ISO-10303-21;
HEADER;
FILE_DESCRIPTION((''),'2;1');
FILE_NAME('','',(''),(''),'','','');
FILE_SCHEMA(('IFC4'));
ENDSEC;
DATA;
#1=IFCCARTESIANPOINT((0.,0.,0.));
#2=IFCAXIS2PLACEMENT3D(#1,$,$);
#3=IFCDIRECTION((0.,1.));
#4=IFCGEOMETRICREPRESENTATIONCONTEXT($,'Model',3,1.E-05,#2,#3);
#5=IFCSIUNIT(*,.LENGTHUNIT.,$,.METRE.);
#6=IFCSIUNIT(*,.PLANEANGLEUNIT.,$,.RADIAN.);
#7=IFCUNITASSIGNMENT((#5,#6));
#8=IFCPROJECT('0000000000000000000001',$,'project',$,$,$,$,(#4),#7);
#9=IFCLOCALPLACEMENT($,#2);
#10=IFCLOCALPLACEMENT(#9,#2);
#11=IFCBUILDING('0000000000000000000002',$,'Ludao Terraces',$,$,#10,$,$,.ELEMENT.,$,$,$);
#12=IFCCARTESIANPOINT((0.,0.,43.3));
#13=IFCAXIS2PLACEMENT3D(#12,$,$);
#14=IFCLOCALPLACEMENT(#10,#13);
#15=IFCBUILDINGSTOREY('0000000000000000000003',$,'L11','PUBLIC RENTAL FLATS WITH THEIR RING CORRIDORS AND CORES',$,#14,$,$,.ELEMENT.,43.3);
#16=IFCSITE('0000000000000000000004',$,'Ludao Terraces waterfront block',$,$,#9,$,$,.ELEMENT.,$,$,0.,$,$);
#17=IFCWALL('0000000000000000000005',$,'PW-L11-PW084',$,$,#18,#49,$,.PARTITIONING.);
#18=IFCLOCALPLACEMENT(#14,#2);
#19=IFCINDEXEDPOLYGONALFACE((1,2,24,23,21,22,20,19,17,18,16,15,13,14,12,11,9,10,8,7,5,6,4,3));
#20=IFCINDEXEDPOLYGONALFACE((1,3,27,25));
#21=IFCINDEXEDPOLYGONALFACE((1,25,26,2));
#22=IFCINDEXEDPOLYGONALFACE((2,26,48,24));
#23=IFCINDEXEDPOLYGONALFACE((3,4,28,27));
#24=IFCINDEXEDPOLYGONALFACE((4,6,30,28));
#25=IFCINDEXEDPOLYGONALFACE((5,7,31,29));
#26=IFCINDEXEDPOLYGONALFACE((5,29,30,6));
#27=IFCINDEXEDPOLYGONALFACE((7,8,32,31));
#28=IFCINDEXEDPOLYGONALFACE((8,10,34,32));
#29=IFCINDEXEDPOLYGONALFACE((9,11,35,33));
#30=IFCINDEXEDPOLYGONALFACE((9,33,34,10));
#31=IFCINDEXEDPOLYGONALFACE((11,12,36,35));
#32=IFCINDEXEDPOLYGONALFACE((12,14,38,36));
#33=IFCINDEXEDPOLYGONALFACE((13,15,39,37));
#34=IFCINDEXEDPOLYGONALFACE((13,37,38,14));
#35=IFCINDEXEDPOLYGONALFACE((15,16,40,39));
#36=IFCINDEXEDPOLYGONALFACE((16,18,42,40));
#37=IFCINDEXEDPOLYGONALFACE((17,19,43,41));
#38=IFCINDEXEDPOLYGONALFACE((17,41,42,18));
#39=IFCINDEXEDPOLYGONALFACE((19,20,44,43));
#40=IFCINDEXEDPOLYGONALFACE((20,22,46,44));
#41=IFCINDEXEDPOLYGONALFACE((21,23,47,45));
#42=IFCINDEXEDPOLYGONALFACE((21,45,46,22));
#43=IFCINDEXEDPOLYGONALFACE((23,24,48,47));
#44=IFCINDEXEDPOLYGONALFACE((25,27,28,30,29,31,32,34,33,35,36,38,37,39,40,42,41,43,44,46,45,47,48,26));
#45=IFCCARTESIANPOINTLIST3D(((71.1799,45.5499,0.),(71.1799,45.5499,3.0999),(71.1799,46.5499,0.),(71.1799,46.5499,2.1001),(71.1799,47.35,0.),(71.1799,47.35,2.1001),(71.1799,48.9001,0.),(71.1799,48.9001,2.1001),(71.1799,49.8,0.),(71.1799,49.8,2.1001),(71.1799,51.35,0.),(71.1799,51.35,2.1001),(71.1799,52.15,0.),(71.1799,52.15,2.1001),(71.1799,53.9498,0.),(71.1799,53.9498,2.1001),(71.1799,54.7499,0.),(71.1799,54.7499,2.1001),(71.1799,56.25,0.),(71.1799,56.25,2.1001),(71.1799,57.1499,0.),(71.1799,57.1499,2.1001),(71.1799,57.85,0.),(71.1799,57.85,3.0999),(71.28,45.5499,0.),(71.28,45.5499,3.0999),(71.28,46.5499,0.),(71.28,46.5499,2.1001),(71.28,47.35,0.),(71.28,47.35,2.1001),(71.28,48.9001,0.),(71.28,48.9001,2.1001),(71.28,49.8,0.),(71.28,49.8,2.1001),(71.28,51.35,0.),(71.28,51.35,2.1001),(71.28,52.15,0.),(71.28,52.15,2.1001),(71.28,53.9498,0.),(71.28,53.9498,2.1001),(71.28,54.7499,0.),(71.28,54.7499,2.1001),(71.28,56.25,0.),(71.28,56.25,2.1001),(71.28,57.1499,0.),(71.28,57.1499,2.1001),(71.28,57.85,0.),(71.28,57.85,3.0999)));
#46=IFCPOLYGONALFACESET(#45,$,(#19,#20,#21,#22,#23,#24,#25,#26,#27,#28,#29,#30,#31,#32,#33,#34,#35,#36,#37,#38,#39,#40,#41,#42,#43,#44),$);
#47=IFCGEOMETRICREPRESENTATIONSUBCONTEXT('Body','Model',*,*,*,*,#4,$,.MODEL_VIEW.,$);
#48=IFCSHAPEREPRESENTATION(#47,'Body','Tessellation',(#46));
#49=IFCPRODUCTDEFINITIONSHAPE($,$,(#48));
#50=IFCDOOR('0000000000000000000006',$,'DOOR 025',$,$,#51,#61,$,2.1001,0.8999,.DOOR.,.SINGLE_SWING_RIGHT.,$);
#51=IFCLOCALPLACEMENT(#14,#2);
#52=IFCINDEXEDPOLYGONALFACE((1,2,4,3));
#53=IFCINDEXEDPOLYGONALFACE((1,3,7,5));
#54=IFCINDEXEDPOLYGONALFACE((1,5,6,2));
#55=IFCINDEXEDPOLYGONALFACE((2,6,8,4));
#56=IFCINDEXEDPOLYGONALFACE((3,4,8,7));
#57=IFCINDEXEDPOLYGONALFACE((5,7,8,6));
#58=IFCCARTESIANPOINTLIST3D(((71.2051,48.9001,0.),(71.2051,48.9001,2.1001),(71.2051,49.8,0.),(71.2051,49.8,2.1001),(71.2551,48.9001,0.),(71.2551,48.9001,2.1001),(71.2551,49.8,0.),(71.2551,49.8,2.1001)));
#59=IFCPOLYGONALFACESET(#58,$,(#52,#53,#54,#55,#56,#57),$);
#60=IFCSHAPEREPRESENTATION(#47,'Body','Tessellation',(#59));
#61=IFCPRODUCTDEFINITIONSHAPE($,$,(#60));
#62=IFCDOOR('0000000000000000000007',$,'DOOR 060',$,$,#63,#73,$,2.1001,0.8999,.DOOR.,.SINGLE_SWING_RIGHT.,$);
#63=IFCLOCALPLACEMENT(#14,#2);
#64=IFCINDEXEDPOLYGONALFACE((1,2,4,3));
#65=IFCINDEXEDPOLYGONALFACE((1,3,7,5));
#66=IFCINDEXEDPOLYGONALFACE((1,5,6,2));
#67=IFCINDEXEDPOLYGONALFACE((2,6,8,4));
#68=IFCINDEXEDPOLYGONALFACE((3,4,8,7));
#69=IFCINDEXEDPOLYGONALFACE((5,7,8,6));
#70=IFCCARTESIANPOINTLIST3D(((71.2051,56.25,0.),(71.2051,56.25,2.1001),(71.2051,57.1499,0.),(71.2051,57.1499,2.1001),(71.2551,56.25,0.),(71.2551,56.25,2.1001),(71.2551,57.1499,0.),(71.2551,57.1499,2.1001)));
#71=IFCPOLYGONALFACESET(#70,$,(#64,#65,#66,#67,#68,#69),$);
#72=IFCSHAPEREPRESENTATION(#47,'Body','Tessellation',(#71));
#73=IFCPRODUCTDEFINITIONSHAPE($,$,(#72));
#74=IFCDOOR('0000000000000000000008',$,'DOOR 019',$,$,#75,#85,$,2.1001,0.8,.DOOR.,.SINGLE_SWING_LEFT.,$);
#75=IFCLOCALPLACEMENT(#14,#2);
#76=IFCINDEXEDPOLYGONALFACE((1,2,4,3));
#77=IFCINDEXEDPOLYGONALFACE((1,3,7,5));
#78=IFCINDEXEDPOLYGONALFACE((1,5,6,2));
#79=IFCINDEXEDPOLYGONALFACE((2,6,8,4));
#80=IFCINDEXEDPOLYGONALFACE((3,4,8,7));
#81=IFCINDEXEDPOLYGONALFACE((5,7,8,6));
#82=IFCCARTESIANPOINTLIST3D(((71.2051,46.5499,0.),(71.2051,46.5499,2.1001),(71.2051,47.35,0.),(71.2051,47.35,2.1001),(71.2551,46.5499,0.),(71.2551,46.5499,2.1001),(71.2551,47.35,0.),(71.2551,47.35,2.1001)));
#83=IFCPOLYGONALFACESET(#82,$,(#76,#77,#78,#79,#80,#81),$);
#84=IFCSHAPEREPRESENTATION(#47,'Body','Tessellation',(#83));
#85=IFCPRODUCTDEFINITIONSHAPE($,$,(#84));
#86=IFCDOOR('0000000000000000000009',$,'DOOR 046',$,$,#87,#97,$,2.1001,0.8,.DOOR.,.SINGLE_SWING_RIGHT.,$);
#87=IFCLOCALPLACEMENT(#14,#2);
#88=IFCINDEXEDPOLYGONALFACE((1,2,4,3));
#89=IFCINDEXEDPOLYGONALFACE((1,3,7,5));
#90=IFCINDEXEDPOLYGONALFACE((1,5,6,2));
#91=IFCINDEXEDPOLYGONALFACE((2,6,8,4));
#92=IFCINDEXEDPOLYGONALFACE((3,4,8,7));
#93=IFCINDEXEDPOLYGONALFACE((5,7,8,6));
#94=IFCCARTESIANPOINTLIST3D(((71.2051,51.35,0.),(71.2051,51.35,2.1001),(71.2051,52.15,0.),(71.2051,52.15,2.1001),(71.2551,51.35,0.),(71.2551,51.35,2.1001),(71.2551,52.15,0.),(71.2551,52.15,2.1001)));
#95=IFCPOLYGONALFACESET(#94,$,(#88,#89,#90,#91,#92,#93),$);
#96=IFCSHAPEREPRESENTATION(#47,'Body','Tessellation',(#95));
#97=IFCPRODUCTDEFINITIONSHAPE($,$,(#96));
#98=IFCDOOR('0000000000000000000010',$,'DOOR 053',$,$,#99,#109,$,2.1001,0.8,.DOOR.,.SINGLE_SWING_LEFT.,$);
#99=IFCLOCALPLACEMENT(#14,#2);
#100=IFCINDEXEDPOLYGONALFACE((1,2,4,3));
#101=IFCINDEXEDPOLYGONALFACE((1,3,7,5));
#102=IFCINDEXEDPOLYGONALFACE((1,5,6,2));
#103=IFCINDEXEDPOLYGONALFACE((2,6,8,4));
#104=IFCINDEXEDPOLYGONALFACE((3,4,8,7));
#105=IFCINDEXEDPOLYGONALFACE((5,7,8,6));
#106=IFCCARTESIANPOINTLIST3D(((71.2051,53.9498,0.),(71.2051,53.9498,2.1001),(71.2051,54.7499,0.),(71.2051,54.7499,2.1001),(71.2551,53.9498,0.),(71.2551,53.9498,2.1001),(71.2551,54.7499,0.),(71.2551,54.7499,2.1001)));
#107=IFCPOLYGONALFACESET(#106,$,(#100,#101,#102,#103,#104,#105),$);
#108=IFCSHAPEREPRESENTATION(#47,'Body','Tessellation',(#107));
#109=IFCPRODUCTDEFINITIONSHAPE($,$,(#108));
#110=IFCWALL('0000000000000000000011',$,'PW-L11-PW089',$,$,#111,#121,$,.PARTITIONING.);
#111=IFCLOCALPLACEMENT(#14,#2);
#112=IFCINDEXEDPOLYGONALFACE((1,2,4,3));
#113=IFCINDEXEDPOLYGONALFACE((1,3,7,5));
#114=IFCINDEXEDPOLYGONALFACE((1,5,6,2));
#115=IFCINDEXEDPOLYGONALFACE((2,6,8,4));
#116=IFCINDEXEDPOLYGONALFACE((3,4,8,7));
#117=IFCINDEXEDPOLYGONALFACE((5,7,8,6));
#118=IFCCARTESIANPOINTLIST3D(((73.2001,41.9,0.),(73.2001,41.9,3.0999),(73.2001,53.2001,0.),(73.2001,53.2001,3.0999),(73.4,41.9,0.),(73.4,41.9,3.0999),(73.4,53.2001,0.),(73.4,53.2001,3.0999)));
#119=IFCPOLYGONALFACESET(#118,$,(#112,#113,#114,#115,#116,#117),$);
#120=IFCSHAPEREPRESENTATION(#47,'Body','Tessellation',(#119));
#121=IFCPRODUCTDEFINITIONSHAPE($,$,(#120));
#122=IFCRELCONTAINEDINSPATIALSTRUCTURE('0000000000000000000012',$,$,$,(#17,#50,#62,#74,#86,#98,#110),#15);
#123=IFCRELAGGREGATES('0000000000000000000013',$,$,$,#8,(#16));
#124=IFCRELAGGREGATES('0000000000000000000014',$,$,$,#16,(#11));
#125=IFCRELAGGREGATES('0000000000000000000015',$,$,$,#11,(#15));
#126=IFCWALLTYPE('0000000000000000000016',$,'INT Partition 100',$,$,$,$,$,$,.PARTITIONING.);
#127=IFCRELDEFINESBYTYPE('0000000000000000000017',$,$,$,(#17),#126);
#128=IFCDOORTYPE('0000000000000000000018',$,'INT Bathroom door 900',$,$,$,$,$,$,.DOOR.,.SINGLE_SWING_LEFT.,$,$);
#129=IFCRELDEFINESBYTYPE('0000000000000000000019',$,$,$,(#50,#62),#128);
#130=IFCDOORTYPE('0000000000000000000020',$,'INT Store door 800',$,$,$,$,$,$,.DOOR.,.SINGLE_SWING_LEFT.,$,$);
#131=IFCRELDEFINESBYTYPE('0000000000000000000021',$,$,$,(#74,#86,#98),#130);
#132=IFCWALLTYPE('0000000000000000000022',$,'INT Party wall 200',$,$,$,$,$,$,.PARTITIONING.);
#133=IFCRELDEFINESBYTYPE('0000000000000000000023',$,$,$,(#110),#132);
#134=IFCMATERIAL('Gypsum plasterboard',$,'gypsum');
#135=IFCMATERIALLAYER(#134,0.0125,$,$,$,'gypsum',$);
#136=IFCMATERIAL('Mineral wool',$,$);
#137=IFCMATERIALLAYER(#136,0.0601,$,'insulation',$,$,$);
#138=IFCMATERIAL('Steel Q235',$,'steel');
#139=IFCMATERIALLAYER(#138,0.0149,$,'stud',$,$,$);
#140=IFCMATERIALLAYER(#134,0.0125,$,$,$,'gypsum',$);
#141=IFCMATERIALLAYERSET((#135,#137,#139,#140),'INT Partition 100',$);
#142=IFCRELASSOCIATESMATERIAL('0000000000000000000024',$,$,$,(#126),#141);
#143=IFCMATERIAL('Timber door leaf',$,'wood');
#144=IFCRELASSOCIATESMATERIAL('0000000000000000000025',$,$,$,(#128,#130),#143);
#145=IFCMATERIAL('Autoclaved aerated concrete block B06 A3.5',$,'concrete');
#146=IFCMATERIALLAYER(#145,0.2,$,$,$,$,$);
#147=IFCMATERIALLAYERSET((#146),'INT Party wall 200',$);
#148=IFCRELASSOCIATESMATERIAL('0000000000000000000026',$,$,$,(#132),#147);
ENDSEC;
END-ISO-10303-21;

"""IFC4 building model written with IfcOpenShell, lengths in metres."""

from ifc_helpers import new_model, si_unit, direction, frame, frame_2d, origin, place, context, subcontext, project, spatial, rectangle, extrude, material, layer, layer_set, type_object, element, fill, save


model = new_model("IFC4")

# Units and contexts
model_context = context("Model", 3, precision=1e-05, world=origin(), true_north=direction((0.0, 1.0)))
body_context = subcontext(model_context, "Body", "Model", "MODEL_VIEW")
ifc_project = project(units=[si_unit("LENGTHUNIT", "METRE"), si_unit("PLANEANGLEUNIT", "RADIAN")], contexts=[model_context])

# Site, building, storey
site_placement = place(None, origin())
site = spatial("IfcSite", under=ifc_project, at=site_placement, Name="Ludao Terraces waterfront block", CompositionType="ELEMENT", RefElevation=0.0)
building_placement = place(site_placement, origin())
building = spatial("IfcBuilding", under=site, at=building_placement, Name="Ludao Terraces", CompositionType="ELEMENT")
storey_placement = place(building_placement, frame((0.0, 0.0, 43.3)))
storey = spatial("IfcBuildingStorey", under=building, at=storey_placement, Name="L11", Description="PUBLIC RENTAL FLATS WITH THEIR RING CORRIDORS AND CORES", CompositionType="ELEMENT", Elevation=43.3)

# Shared definitions
ifc_material_1 = material(Name="Gypsum plasterboard", Category="gypsum")
ifc_layer_1 = layer(ifc_material_1, 0.0125, Category="gypsum")
ifc_material_2 = material(Name="Mineral wool")
ifc_layer_2 = layer(ifc_material_2, 0.0601, Name="insulation")
ifc_material_3 = material(Name="Steel Q235", Category="steel")
ifc_layer_3 = layer(ifc_material_3, 0.0149, Name="stud")
ifc_layer_4 = layer(ifc_material_1, 0.0125, Category="gypsum")
ifc_layer_set_1 = layer_set([ifc_layer_1, ifc_layer_2, ifc_layer_3, ifc_layer_4], Name="INT Partition 100")
wall_type_1 = type_object("IfcWallType", Name="INT Partition 100", PredefinedType="PARTITIONING", material=ifc_layer_set_1)
ifc_material_4 = material(Name="Timber door leaf", Category="wood")
door_type_1 = type_object("IfcDoorType", Name="INT Bathroom door 900", OperationType="SINGLE_SWING_LEFT", PredefinedType="DOOR", material=ifc_material_4)

# Wall, openings, doors
wall_1_placement = place(storey_placement, frame((71.23, 45.55, 0.0), z_axis=(0.0, 0.0, 1.0), x_axis=(0.0, 1.0, 0.0)))
wall_1 = element("IfcWall", 1, at=wall_1_placement, inside=storey, type_object=wall_type_1, Name="PW-L11-PW084", PredefinedType="PARTITIONING", context=body_context, shape_type="SweptSolid", body=[
    extrude(rectangle(XDim=12.3, YDim=0.1001, at=frame_2d((6.1499, 0.0))), origin(), (0.0, 0.0, 1.0), 3.0999),
])
opening_1_placement = place(wall_1_placement, frame((1.0, 0.0, 0.0)))
opening_1 = element("IfcOpeningElement", 2, at=opening_1_placement, cuts=wall_1, PredefinedType="OPENING", context=body_context, shape_type="SweptSolid", body=[
    extrude(rectangle(XDim=0.8, YDim=2.1001, at=frame_2d((0.3999, 1.05))), frame((0.0, 0.0601, 0.0), z_axis=(0.0, -1.0, 0.0), x_axis=(1.0, 0.0, 0.0)), (0.0, 0.0, 1.0), 0.1201),
])
opening_2_placement = place(wall_1_placement, frame((3.3501, 0.0, 0.0)))
opening_2 = element("IfcOpeningElement", 3, at=opening_2_placement, cuts=wall_1, PredefinedType="OPENING", context=body_context, shape_type="SweptSolid", body=[
    extrude(rectangle(XDim=0.8999, YDim=2.1001, at=frame_2d((0.45, 1.05))), frame((0.0, 0.0601, 0.0), z_axis=(0.0, -1.0, 0.0), x_axis=(1.0, 0.0, 0.0)), (0.0, 0.0, 1.0), 0.1201),
])
opening_3_placement = place(wall_1_placement, frame((5.8, 0.0, 0.0)))
opening_3 = element("IfcOpeningElement", 4, at=opening_3_placement, cuts=wall_1, PredefinedType="OPENING", context=body_context, shape_type="SweptSolid", body=[
    extrude(rectangle(XDim=0.8, YDim=2.1001, at=frame_2d((0.3999, 1.05))), frame((0.0, 0.0601, 0.0), z_axis=(0.0, -1.0, 0.0), x_axis=(1.0, 0.0, 0.0)), (0.0, 0.0, 1.0), 0.1201),
])
opening_4_placement = place(wall_1_placement, frame((8.3999, 0.0, 0.0)))
opening_4 = element("IfcOpeningElement", 5, at=opening_4_placement, cuts=wall_1, PredefinedType="OPENING", context=body_context, shape_type="SweptSolid", body=[
    extrude(rectangle(XDim=0.8, YDim=2.1001, at=frame_2d((0.3999, 1.05))), frame((0.0, 0.0601, 0.0), z_axis=(0.0, -1.0, 0.0), x_axis=(1.0, 0.0, 0.0)), (0.0, 0.0, 1.0), 0.1201),
])
opening_5_placement = place(wall_1_placement, frame((10.7, 0.0, 0.0)))
opening_5 = element("IfcOpeningElement", 6, at=opening_5_placement, cuts=wall_1, PredefinedType="OPENING", context=body_context, shape_type="SweptSolid", body=[
    extrude(rectangle(XDim=0.8999, YDim=2.1001, at=frame_2d((0.45, 1.05))), frame((0.0, 0.0601, 0.0), z_axis=(0.0, -1.0, 0.0), x_axis=(1.0, 0.0, 0.0)), (0.0, 0.0, 1.0), 0.1201),
])
door_1_placement = place(opening_2_placement, origin())
door_1 = element("IfcDoor", 7, at=door_1_placement, inside=storey, type_object=door_type_1, Name="DOOR 025", OperationType="SINGLE_SWING_RIGHT", OverallHeight=2.1001, OverallWidth=0.8999, PredefinedType="DOOR", context=body_context, shape_type="SweptSolid", body=[
    extrude(rectangle(XDim=0.8999, YDim=2.1001, at=frame_2d((0.45, 1.05))), frame((0.0, 0.0249, 0.0), z_axis=(0.0, -1.0, 0.0), x_axis=(1.0, 0.0, 0.0)), (0.0, 0.0, 1.0), 0.05),
])
fill(opening_2, door_1)
door_2_placement = place(opening_5_placement, origin())
door_2 = element("IfcDoor", 8, at=door_2_placement, inside=storey, type_object=door_type_1, Name="DOOR 060", OperationType="SINGLE_SWING_RIGHT", OverallHeight=2.1001, OverallWidth=0.8999, PredefinedType="DOOR", context=body_context, shape_type="SweptSolid", body=[
    extrude(rectangle(XDim=0.8999, YDim=2.1001, at=frame_2d((0.45, 1.05))), frame((0.0, 0.0249, 0.0), z_axis=(0.0, -1.0, 0.0), x_axis=(1.0, 0.0, 0.0)), (0.0, 0.0, 1.0), 0.05),
])
fill(opening_5, door_2)
door_type_2 = type_object("IfcDoorType", Name="INT Store door 800", OperationType="SINGLE_SWING_LEFT", PredefinedType="DOOR", material=ifc_material_4)
door_3_placement = place(opening_1_placement, origin())
door_3 = element("IfcDoor", 9, at=door_3_placement, inside=storey, type_object=door_type_2, Name="DOOR 019", OperationType="SINGLE_SWING_LEFT", OverallHeight=2.1001, OverallWidth=0.8, PredefinedType="DOOR", context=body_context, shape_type="SweptSolid", body=[
    extrude(rectangle(XDim=0.8, YDim=2.1001, at=frame_2d((0.3999, 1.05))), frame((0.0, 0.0249, 0.0), z_axis=(0.0, -1.0, 0.0), x_axis=(1.0, 0.0, 0.0)), (0.0, 0.0, 1.0), 0.05),
])
fill(opening_1, door_3)
door_4_placement = place(opening_3_placement, origin())
door_4 = element("IfcDoor", 10, at=door_4_placement, inside=storey, type_object=door_type_2, Name="DOOR 046", OperationType="SINGLE_SWING_RIGHT", OverallHeight=2.1001, OverallWidth=0.8, PredefinedType="DOOR", context=body_context, shape_type="SweptSolid", body=[
    extrude(rectangle(XDim=0.8, YDim=2.1001, at=frame_2d((0.3999, 1.05))), frame((0.0, 0.0249, 0.0), z_axis=(0.0, -1.0, 0.0), x_axis=(1.0, 0.0, 0.0)), (0.0, 0.0, 1.0), 0.05),
])
fill(opening_3, door_4)
door_5_placement = place(opening_4_placement, origin())
door_5 = element("IfcDoor", 11, at=door_5_placement, inside=storey, type_object=door_type_2, Name="DOOR 053", OperationType="SINGLE_SWING_LEFT", OverallHeight=2.1001, OverallWidth=0.8, PredefinedType="DOOR", context=body_context, shape_type="SweptSolid", body=[
    extrude(rectangle(XDim=0.8, YDim=2.1001, at=frame_2d((0.3999, 1.05))), frame((0.0, 0.0249, 0.0), z_axis=(0.0, -1.0, 0.0), x_axis=(1.0, 0.0, 0.0)), (0.0, 0.0, 1.0), 0.05),
])
fill(opening_4, door_5)

# Wall
ifc_material_5 = material(Name="Autoclaved aerated concrete block B06 A3.5", Category="concrete")
ifc_layer_5 = layer(ifc_material_5, 0.2)
ifc_layer_set_2 = layer_set([ifc_layer_5], Name="INT Party wall 200")
wall_type_2 = type_object("IfcWallType", Name="INT Party wall 200", PredefinedType="PARTITIONING", material=ifc_layer_set_2)
wall_2_placement = place(storey_placement, frame((73.3, 41.9001, 0.0), z_axis=(0.0, 0.0, 1.0), x_axis=(0.0, 1.0, 0.0)))
element("IfcWall", 12, at=wall_2_placement, inside=storey, type_object=wall_type_2, Name="PW-L11-PW089", PredefinedType="PARTITIONING", context=body_context, shape_type="SweptSolid", body=[
    extrude(rectangle(XDim=11.3, YDim=0.2, at=frame_2d((5.6499, 0.0))), origin(), (0.0, 0.0, 1.0), 3.0999),
])

save(model, "model.ifc")
